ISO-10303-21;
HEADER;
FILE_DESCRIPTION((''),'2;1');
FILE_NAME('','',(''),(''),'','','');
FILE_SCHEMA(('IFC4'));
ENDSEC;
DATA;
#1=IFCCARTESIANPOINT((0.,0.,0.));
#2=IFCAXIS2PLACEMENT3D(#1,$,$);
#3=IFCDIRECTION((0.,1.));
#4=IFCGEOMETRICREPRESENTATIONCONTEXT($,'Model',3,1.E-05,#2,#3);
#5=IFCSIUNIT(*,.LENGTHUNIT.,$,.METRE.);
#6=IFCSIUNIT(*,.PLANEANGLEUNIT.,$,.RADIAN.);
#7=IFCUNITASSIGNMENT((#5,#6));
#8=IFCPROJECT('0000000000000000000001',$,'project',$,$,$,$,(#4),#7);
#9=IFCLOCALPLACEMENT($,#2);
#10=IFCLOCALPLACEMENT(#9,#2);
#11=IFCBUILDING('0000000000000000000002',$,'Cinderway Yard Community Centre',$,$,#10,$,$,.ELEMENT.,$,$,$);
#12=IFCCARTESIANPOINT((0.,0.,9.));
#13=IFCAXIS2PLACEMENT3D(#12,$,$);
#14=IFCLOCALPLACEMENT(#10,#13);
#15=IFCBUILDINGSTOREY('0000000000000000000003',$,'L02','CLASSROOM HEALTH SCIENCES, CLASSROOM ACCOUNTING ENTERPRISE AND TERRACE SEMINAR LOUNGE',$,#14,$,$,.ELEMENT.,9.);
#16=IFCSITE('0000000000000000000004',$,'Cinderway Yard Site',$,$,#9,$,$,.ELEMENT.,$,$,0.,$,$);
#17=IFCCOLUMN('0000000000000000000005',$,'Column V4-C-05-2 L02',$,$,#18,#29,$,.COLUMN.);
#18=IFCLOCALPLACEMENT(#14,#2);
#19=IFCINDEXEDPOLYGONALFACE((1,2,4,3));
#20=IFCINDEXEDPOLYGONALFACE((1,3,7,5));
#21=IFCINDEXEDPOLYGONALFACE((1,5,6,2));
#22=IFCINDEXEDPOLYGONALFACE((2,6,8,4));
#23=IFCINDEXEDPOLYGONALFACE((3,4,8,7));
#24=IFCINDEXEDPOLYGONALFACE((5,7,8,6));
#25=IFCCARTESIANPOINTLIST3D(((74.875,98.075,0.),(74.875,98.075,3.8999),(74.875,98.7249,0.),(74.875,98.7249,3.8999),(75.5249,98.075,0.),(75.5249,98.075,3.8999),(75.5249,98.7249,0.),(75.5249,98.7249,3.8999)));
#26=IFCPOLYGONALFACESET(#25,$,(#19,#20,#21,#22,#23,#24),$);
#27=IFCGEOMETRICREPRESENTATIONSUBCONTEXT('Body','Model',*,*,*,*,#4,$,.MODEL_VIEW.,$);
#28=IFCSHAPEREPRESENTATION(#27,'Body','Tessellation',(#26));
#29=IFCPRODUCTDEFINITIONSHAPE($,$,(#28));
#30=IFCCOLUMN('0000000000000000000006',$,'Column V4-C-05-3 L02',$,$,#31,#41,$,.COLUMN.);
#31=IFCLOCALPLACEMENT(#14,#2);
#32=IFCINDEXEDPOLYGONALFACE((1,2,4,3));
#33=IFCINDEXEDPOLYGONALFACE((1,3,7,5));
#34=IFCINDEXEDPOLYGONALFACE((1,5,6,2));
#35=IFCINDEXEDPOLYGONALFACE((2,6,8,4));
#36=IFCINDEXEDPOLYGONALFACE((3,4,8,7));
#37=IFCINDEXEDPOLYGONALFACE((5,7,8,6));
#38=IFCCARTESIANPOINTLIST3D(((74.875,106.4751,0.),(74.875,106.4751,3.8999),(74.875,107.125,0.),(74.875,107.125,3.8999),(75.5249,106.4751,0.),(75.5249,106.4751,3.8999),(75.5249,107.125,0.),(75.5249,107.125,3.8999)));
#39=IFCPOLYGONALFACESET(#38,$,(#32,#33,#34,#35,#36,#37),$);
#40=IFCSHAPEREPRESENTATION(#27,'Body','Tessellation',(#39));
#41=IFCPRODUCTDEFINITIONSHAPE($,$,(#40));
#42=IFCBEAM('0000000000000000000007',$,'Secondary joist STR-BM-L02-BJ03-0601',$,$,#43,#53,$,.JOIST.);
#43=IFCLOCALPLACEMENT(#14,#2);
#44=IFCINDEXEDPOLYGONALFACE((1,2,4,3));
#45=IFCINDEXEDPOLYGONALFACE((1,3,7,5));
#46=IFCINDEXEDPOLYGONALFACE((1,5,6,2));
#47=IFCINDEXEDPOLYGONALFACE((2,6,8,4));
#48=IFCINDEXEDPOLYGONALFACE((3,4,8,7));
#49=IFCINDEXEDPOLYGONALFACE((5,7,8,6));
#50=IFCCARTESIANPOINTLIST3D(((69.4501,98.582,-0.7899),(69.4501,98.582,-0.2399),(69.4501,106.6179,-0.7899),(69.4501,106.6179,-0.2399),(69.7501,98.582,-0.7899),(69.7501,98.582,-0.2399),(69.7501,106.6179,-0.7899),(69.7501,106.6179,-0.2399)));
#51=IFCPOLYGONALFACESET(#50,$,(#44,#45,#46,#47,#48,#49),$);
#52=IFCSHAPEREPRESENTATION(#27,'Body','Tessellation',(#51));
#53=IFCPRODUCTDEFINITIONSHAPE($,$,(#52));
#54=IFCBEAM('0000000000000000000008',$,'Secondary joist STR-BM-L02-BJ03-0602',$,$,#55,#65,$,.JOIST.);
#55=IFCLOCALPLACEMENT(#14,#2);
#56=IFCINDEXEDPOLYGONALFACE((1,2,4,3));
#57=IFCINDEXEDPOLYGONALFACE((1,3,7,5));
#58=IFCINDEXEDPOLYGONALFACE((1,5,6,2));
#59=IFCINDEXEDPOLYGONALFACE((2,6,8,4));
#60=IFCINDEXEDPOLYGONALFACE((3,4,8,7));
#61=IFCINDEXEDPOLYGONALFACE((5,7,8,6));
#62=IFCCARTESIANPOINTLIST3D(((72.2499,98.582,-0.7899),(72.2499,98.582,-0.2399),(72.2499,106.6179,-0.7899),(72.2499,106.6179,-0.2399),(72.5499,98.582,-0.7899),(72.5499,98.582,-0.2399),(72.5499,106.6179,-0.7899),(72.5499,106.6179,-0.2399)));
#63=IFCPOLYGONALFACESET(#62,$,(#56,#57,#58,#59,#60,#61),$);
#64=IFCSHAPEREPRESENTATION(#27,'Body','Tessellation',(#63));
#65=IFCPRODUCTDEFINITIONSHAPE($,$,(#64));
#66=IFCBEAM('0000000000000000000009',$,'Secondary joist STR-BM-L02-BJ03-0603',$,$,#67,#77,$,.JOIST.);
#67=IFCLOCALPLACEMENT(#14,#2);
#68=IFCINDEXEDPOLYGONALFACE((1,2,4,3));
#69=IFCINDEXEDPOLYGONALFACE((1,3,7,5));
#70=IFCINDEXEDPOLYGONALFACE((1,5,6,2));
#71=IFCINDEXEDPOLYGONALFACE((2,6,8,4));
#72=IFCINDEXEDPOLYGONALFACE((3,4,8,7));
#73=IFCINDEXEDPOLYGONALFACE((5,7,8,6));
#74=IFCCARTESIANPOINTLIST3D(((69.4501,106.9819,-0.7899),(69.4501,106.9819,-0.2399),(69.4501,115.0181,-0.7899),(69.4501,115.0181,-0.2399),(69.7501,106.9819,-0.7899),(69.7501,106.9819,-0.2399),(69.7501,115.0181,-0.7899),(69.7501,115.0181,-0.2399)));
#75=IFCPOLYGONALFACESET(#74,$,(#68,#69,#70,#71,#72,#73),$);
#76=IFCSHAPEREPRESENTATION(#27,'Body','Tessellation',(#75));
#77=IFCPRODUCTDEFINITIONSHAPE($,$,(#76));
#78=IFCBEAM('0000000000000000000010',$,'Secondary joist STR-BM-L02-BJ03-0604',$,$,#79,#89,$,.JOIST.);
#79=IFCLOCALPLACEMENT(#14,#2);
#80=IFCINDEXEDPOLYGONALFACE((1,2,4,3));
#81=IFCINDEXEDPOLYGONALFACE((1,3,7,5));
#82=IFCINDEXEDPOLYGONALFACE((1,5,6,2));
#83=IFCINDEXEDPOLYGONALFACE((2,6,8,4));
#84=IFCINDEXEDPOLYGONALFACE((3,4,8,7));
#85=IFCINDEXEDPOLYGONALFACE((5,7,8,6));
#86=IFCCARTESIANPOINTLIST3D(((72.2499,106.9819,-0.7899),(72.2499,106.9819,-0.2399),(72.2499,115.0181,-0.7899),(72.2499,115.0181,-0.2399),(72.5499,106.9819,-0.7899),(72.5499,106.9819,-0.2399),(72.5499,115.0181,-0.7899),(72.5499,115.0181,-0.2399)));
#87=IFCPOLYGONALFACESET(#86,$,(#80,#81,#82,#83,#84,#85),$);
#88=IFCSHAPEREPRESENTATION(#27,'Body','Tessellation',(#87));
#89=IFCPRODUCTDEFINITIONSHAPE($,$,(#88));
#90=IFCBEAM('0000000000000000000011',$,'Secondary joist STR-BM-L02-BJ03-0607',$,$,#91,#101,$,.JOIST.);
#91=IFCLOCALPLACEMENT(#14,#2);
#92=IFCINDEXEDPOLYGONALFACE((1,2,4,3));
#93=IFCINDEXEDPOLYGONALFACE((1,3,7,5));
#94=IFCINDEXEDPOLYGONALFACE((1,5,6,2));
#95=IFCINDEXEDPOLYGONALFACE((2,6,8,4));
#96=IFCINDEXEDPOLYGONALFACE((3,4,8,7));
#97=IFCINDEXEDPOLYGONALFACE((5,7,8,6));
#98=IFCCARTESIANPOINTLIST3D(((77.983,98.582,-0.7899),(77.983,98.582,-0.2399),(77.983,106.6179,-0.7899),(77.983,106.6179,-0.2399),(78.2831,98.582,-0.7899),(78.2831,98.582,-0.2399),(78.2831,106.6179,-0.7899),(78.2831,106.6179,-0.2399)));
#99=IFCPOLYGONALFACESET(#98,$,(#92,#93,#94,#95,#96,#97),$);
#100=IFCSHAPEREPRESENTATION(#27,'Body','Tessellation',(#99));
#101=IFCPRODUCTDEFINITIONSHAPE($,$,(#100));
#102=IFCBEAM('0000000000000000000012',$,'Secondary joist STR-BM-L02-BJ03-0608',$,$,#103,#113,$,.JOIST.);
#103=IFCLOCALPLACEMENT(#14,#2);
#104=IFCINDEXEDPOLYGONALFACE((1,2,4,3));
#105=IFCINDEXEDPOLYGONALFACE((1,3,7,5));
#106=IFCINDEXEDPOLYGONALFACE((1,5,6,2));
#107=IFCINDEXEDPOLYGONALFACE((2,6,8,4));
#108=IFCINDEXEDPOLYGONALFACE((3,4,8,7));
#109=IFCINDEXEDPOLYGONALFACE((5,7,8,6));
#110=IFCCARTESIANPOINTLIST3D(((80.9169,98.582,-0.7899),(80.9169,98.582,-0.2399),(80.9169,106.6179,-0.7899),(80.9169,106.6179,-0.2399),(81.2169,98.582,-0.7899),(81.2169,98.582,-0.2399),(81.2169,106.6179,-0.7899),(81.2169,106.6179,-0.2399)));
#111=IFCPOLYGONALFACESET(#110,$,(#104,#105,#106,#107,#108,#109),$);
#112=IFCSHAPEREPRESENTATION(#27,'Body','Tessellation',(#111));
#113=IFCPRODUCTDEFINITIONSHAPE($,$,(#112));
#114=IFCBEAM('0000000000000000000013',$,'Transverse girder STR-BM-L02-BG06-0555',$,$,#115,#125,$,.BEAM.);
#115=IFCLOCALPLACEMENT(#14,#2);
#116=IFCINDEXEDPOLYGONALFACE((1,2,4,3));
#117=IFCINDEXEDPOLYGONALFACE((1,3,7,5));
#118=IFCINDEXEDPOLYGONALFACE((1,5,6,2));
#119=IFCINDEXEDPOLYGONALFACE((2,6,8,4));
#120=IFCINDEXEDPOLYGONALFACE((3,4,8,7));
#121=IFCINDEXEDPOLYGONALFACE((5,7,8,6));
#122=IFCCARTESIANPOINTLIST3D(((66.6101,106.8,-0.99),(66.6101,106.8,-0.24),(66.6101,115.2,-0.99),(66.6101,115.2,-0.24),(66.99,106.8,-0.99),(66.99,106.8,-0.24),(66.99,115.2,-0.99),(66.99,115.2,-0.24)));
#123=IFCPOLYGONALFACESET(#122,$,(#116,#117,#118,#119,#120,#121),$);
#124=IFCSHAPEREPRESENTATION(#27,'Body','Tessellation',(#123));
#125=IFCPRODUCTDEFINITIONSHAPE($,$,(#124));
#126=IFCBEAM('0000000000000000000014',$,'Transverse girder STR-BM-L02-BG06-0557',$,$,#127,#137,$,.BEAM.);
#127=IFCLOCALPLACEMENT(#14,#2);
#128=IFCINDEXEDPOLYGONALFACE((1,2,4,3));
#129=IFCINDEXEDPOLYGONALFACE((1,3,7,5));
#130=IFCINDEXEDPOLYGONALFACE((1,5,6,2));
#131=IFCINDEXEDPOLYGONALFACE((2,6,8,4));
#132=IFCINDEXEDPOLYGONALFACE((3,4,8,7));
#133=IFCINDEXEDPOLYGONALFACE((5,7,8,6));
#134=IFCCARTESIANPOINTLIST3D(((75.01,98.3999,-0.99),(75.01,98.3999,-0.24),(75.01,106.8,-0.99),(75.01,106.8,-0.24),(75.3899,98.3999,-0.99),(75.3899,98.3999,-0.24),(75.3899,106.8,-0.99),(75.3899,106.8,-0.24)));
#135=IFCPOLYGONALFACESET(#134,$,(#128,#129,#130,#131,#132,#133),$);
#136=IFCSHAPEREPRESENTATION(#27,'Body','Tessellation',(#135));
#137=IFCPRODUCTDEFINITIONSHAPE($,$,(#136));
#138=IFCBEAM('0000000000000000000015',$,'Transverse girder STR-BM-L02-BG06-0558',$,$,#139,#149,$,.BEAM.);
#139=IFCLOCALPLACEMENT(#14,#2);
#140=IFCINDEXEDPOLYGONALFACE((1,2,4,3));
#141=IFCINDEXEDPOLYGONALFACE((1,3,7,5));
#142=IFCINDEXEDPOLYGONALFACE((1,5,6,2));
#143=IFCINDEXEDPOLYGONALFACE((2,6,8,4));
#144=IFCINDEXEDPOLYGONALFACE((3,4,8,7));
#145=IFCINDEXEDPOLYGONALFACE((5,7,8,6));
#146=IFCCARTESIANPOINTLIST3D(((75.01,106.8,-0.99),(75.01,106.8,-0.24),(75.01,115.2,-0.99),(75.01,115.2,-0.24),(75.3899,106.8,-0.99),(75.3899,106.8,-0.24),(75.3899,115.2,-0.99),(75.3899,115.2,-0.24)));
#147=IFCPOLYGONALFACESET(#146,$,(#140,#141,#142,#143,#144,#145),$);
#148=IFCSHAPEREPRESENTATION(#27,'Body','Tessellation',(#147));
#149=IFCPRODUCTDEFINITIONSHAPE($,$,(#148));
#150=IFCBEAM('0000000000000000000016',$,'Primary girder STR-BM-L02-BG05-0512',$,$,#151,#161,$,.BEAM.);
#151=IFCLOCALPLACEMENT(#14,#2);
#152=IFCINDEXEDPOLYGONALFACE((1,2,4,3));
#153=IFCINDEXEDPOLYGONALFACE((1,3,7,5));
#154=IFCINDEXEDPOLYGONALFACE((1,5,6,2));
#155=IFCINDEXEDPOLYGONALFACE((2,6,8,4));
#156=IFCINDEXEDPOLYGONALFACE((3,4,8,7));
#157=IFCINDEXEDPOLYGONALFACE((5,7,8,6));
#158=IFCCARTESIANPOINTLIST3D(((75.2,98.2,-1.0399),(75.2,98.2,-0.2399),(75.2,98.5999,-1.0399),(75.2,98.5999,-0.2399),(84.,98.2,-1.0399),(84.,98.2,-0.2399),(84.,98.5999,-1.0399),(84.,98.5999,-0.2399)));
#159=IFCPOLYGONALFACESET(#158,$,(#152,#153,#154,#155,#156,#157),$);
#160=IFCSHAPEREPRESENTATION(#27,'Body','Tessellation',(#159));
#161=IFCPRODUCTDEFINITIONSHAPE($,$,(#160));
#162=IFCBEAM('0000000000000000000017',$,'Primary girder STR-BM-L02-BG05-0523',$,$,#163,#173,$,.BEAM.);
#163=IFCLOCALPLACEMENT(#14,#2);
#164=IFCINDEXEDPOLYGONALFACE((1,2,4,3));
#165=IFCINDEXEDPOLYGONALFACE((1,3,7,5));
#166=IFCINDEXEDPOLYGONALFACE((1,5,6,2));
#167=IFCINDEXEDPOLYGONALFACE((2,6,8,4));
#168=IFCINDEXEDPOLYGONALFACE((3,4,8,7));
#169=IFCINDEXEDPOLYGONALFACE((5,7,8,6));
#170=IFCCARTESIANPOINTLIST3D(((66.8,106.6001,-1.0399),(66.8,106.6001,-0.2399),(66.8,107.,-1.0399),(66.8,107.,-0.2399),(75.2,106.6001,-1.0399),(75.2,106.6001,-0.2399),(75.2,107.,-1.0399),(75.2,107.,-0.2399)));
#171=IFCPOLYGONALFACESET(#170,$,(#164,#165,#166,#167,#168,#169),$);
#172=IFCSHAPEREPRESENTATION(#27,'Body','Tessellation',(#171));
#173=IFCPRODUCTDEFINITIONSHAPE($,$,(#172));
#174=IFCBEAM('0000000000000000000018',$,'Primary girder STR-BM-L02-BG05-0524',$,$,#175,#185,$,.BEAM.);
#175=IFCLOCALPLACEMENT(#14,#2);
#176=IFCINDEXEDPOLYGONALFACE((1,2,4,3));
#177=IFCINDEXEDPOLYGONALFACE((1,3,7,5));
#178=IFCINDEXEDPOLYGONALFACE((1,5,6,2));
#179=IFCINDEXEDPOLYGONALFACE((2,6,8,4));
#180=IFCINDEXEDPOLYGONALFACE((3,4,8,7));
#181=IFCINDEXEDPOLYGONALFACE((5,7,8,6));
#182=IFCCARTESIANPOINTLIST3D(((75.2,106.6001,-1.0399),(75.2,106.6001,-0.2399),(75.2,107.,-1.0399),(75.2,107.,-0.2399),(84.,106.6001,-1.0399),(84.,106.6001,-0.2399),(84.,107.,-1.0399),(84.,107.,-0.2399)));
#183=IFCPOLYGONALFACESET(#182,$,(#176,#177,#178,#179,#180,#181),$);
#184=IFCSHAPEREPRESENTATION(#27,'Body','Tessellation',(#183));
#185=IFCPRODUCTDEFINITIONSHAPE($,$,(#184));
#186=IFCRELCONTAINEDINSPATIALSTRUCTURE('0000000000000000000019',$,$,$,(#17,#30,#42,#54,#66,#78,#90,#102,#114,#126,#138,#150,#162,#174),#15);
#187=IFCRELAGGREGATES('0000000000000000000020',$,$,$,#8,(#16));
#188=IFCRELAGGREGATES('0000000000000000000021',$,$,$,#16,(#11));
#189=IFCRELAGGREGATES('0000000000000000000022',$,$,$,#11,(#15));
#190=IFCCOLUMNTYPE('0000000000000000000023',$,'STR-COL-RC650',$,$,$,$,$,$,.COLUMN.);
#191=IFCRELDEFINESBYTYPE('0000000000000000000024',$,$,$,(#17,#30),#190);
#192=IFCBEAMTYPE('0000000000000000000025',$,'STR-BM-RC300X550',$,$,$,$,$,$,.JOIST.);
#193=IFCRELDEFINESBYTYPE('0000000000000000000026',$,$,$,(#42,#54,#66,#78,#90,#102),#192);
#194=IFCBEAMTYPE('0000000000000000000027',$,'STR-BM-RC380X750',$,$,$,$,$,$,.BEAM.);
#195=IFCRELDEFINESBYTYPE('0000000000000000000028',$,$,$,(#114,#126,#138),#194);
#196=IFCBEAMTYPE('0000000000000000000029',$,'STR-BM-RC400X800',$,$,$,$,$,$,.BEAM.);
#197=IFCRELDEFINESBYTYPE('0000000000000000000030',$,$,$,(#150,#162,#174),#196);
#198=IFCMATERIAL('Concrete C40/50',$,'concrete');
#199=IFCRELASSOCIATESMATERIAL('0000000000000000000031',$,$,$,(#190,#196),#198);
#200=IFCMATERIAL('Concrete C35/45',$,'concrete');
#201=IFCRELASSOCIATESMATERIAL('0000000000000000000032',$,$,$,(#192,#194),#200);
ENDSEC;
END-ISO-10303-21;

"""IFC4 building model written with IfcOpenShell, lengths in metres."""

from ifc_helpers import new_model, si_unit, direction, frame, origin, origin_2d, place, context, subcontext, project, spatial, rectangle, extrude, material, material_profile, profile_set, type_object, element, save


model = new_model("IFC4")

# Units and contexts
model_context = context("Model", 3, precision=1e-05, world=origin(), true_north=direction((0.0, 1.0)))
body_context = subcontext(model_context, "Body", "Model", "MODEL_VIEW")
ifc_project = project(units=[si_unit("LENGTHUNIT", "METRE"), si_unit("PLANEANGLEUNIT", "RADIAN")], contexts=[model_context])

# Site, building, storey
site_placement = place(None, origin())
site = spatial("IfcSite", under=ifc_project, at=site_placement, Name="Cinderway Yard Site", CompositionType="ELEMENT", RefElevation=0.0)
building_placement = place(site_placement, origin())
building = spatial("IfcBuilding", under=site, at=building_placement, Name="Cinderway Yard Community Centre", CompositionType="ELEMENT")
storey_placement = place(building_placement, frame((0.0, 0.0, 9.0)))
storey = spatial("IfcBuildingStorey", under=building, at=storey_placement, Name="L02", Description="CLASSROOM HEALTH SCIENCES, CLASSROOM ACCOUNTING ENTERPRISE AND TERRACE SEMINAR LOUNGE", CompositionType="ELEMENT", Elevation=9.0)

# Columns
ifc_material_1 = material(Name="Concrete C40/50", Category="concrete")
ifc_material_profile_1 = material_profile(ifc_material_1, rectangle(XDim=0.6499, YDim=0.6499, at=origin_2d()), Name="Concrete C40/50")
ifc_profile_set_1 = profile_set([ifc_material_profile_1], Name="Concrete C40/50")
column_type = type_object("IfcColumnType", Name="STR-COL-RC650", PredefinedType="COLUMN", material=ifc_profile_set_1)
for number, where, z_axis, x_axis, name in (
    (1, (75.2, 98.3999, 0.0), (0.0, 0.0, 1.0), (1.0, 0.0, 0.0), "Column V4-C-05-2 L02"),
    (2, (75.2, 106.8, 0.0), (0.0, 0.0, 1.0), (1.0, 0.0, 0.0), "Column V4-C-05-3 L02"),
):
    element("IfcColumn", number, at=place(storey_placement, frame(where, z_axis=z_axis, x_axis=x_axis)), inside=storey, type_object=column_type, Name=name, PredefinedType="COLUMN", context=body_context, shape_type="SweptSolid", body=[
        extrude(rectangle(XDim=0.6499, YDim=0.6499, at=origin_2d()), origin(), (0.0, 0.0, 1.0), 3.8999),
    ])

# Beams
ifc_material_2 = material(Name="Concrete C35/45", Category="concrete")
ifc_material_profile_2 = material_profile(ifc_material_2, rectangle(XDim=0.3, YDim=0.55, at=origin_2d()), Name="Concrete C35/45")
ifc_profile_set_2 = profile_set([ifc_material_profile_2], Name="Concrete C35/45")
beam_type_1 = type_object("IfcBeamType", Name="STR-BM-RC300X550", PredefinedType="JOIST", material=ifc_profile_set_2)
for number, where, z_axis, x_axis, name in (
    (3, (69.6001, 98.582, -0.5149), (0.0, 1.0, 0.0), (-1.0, 0.0, 0.0), "Secondary joist STR-BM-L02-BJ03-0601"),
    (4, (72.3999, 98.582, -0.5149), (0.0, 1.0, 0.0), (-1.0, 0.0, 0.0), "Secondary joist STR-BM-L02-BJ03-0602"),
):
    element("IfcBeam", number, at=place(storey_placement, frame(where, z_axis=z_axis, x_axis=x_axis)), inside=storey, type_object=beam_type_1, Name=name, PredefinedType="JOIST", context=body_context, shape_type="SweptSolid", body=[
        extrude(rectangle(XDim=0.3, YDim=0.55, at=origin_2d()), origin(), (0.0, 0.0, 1.0), 8.0359),
    ])
for number, where, z_axis, x_axis, name in (
    (5, (69.6001, 106.9819, -0.5149), (0.0, 1.0, 0.0), (-1.0, 0.0, 0.0), "Secondary joist STR-BM-L02-BJ03-0603"),
    (6, (72.3999, 106.9819, -0.5149), (0.0, 1.0, 0.0), (-1.0, 0.0, 0.0), "Secondary joist STR-BM-L02-BJ03-0604"),
):
    element("IfcBeam", number, at=place(storey_placement, frame(where, z_axis=z_axis, x_axis=x_axis)), inside=storey, type_object=beam_type_1, Name=name, PredefinedType="JOIST", context=body_context, shape_type="SweptSolid", body=[
        extrude(rectangle(XDim=0.3, YDim=0.55, at=origin_2d()), origin(), (0.0, 0.0, 1.0), 8.0361),
    ])
for number, where, z_axis, x_axis, name in (
    (7, (78.1331, 98.582, -0.5149), (0.0, 1.0, 0.0), (-1.0, 0.0, 0.0), "Secondary joist STR-BM-L02-BJ03-0607"),
    (8, (81.0669, 98.582, -0.5149), (0.0, 1.0, 0.0), (-1.0, 0.0, 0.0), "Secondary joist STR-BM-L02-BJ03-0608"),
):
    element("IfcBeam", number, at=place(storey_placement, frame(where, z_axis=z_axis, x_axis=x_axis)), inside=storey, type_object=beam_type_1, Name=name, PredefinedType="JOIST", context=body_context, shape_type="SweptSolid", body=[
        extrude(rectangle(XDim=0.3, YDim=0.55, at=origin_2d()), origin(), (0.0, 0.0, 1.0), 8.0359),
    ])
ifc_material_profile_3 = material_profile(ifc_material_2, rectangle(XDim=0.3799, YDim=0.75, at=origin_2d()), Name="Concrete C35/45")
ifc_profile_set_3 = profile_set([ifc_material_profile_3], Name="Concrete C35/45")
beam_type_2 = type_object("IfcBeamType", Name="STR-BM-RC380X750", PredefinedType="BEAM", material=ifc_profile_set_3)
beam_1_placement = place(storey_placement, frame((66.8, 106.8, -0.615), z_axis=(0.0, 1.0, 0.0), x_axis=(-1.0, 0.0, 0.0)))
element("IfcBeam", 9, at=beam_1_placement, inside=storey, type_object=beam_type_2, Name="Transverse girder STR-BM-L02-BG06-0555", PredefinedType="BEAM", context=body_context, shape_type="SweptSolid", body=[
    extrude(rectangle(XDim=0.3799, YDim=0.75, at=origin_2d()), origin(), (0.0, 0.0, 1.0), 8.3999),
])
beam_2_placement = place(storey_placement, frame((75.2, 98.3999, -0.615), z_axis=(0.0, 1.0, 0.0), x_axis=(-1.0, 0.0, 0.0)))
element("IfcBeam", 10, at=beam_2_placement, inside=storey, type_object=beam_type_2, Name="Transverse girder STR-BM-L02-BG06-0557", PredefinedType="BEAM", context=body_context, shape_type="SweptSolid", body=[
    extrude(rectangle(XDim=0.3799, YDim=0.75, at=origin_2d()), origin(), (0.0, 0.0, 1.0), 8.4001),
])
beam_3_placement = place(storey_placement, frame((75.2, 106.8, -0.615), z_axis=(0.0, 1.0, 0.0), x_axis=(-1.0, 0.0, 0.0)))
element("IfcBeam", 11, at=beam_3_placement, inside=storey, type_object=beam_type_2, Name="Transverse girder STR-BM-L02-BG06-0558", PredefinedType="BEAM", context=body_context, shape_type="SweptSolid", body=[
    extrude(rectangle(XDim=0.3799, YDim=0.75, at=origin_2d()), origin(), (0.0, 0.0, 1.0), 8.3999),
])
ifc_material_profile_4 = material_profile(ifc_material_1, rectangle(XDim=0.3999, YDim=0.8, at=origin_2d()), Name="Concrete C40/50")
ifc_profile_set_4 = profile_set([ifc_material_profile_4], Name="Concrete C40/50")
beam_type_3 = type_object("IfcBeamType", Name="STR-BM-RC400X800", PredefinedType="BEAM", material=ifc_profile_set_4)
beam_4_placement = place(storey_placement, frame((75.2, 98.3999, -0.6399), z_axis=(1.0, 0.0, 0.0), x_axis=(0.0, 1.0, 0.0)))
element("IfcBeam", 12, at=beam_4_placement, inside=storey, type_object=beam_type_3, Name="Primary girder STR-BM-L02-BG05-0512", PredefinedType="BEAM", context=body_context, shape_type="SweptSolid", body=[
    extrude(rectangle(XDim=0.3999, YDim=0.8, at=origin_2d()), origin(), (0.0, 0.0, 1.0), 8.8),
])
beam_5_placement = place(storey_placement, frame((66.8, 106.8, -0.6399), z_axis=(1.0, 0.0, 0.0), x_axis=(0.0, 1.0, 0.0)))
element("IfcBeam", 13, at=beam_5_placement, inside=storey, type_object=beam_type_3, Name="Primary girder STR-BM-L02-BG05-0523", PredefinedType="BEAM", context=body_context, shape_type="SweptSolid", body=[
    extrude(rectangle(XDim=0.3999, YDim=0.8, at=origin_2d()), origin(), (0.0, 0.0, 1.0), 8.3999),
])
beam_6_placement = place(storey_placement, frame((75.2, 106.8, -0.6399), z_axis=(1.0, 0.0, 0.0), x_axis=(0.0, 1.0, 0.0)))
element("IfcBeam", 14, at=beam_6_placement, inside=storey, type_object=beam_type_3, Name="Primary girder STR-BM-L02-BG05-0524", PredefinedType="BEAM", context=body_context, shape_type="SweptSolid", body=[
    extrude(rectangle(XDim=0.3999, YDim=0.8, at=origin_2d()), origin(), (0.0, 0.0, 1.0), 8.8),
])

save(model, "model.ifc")
